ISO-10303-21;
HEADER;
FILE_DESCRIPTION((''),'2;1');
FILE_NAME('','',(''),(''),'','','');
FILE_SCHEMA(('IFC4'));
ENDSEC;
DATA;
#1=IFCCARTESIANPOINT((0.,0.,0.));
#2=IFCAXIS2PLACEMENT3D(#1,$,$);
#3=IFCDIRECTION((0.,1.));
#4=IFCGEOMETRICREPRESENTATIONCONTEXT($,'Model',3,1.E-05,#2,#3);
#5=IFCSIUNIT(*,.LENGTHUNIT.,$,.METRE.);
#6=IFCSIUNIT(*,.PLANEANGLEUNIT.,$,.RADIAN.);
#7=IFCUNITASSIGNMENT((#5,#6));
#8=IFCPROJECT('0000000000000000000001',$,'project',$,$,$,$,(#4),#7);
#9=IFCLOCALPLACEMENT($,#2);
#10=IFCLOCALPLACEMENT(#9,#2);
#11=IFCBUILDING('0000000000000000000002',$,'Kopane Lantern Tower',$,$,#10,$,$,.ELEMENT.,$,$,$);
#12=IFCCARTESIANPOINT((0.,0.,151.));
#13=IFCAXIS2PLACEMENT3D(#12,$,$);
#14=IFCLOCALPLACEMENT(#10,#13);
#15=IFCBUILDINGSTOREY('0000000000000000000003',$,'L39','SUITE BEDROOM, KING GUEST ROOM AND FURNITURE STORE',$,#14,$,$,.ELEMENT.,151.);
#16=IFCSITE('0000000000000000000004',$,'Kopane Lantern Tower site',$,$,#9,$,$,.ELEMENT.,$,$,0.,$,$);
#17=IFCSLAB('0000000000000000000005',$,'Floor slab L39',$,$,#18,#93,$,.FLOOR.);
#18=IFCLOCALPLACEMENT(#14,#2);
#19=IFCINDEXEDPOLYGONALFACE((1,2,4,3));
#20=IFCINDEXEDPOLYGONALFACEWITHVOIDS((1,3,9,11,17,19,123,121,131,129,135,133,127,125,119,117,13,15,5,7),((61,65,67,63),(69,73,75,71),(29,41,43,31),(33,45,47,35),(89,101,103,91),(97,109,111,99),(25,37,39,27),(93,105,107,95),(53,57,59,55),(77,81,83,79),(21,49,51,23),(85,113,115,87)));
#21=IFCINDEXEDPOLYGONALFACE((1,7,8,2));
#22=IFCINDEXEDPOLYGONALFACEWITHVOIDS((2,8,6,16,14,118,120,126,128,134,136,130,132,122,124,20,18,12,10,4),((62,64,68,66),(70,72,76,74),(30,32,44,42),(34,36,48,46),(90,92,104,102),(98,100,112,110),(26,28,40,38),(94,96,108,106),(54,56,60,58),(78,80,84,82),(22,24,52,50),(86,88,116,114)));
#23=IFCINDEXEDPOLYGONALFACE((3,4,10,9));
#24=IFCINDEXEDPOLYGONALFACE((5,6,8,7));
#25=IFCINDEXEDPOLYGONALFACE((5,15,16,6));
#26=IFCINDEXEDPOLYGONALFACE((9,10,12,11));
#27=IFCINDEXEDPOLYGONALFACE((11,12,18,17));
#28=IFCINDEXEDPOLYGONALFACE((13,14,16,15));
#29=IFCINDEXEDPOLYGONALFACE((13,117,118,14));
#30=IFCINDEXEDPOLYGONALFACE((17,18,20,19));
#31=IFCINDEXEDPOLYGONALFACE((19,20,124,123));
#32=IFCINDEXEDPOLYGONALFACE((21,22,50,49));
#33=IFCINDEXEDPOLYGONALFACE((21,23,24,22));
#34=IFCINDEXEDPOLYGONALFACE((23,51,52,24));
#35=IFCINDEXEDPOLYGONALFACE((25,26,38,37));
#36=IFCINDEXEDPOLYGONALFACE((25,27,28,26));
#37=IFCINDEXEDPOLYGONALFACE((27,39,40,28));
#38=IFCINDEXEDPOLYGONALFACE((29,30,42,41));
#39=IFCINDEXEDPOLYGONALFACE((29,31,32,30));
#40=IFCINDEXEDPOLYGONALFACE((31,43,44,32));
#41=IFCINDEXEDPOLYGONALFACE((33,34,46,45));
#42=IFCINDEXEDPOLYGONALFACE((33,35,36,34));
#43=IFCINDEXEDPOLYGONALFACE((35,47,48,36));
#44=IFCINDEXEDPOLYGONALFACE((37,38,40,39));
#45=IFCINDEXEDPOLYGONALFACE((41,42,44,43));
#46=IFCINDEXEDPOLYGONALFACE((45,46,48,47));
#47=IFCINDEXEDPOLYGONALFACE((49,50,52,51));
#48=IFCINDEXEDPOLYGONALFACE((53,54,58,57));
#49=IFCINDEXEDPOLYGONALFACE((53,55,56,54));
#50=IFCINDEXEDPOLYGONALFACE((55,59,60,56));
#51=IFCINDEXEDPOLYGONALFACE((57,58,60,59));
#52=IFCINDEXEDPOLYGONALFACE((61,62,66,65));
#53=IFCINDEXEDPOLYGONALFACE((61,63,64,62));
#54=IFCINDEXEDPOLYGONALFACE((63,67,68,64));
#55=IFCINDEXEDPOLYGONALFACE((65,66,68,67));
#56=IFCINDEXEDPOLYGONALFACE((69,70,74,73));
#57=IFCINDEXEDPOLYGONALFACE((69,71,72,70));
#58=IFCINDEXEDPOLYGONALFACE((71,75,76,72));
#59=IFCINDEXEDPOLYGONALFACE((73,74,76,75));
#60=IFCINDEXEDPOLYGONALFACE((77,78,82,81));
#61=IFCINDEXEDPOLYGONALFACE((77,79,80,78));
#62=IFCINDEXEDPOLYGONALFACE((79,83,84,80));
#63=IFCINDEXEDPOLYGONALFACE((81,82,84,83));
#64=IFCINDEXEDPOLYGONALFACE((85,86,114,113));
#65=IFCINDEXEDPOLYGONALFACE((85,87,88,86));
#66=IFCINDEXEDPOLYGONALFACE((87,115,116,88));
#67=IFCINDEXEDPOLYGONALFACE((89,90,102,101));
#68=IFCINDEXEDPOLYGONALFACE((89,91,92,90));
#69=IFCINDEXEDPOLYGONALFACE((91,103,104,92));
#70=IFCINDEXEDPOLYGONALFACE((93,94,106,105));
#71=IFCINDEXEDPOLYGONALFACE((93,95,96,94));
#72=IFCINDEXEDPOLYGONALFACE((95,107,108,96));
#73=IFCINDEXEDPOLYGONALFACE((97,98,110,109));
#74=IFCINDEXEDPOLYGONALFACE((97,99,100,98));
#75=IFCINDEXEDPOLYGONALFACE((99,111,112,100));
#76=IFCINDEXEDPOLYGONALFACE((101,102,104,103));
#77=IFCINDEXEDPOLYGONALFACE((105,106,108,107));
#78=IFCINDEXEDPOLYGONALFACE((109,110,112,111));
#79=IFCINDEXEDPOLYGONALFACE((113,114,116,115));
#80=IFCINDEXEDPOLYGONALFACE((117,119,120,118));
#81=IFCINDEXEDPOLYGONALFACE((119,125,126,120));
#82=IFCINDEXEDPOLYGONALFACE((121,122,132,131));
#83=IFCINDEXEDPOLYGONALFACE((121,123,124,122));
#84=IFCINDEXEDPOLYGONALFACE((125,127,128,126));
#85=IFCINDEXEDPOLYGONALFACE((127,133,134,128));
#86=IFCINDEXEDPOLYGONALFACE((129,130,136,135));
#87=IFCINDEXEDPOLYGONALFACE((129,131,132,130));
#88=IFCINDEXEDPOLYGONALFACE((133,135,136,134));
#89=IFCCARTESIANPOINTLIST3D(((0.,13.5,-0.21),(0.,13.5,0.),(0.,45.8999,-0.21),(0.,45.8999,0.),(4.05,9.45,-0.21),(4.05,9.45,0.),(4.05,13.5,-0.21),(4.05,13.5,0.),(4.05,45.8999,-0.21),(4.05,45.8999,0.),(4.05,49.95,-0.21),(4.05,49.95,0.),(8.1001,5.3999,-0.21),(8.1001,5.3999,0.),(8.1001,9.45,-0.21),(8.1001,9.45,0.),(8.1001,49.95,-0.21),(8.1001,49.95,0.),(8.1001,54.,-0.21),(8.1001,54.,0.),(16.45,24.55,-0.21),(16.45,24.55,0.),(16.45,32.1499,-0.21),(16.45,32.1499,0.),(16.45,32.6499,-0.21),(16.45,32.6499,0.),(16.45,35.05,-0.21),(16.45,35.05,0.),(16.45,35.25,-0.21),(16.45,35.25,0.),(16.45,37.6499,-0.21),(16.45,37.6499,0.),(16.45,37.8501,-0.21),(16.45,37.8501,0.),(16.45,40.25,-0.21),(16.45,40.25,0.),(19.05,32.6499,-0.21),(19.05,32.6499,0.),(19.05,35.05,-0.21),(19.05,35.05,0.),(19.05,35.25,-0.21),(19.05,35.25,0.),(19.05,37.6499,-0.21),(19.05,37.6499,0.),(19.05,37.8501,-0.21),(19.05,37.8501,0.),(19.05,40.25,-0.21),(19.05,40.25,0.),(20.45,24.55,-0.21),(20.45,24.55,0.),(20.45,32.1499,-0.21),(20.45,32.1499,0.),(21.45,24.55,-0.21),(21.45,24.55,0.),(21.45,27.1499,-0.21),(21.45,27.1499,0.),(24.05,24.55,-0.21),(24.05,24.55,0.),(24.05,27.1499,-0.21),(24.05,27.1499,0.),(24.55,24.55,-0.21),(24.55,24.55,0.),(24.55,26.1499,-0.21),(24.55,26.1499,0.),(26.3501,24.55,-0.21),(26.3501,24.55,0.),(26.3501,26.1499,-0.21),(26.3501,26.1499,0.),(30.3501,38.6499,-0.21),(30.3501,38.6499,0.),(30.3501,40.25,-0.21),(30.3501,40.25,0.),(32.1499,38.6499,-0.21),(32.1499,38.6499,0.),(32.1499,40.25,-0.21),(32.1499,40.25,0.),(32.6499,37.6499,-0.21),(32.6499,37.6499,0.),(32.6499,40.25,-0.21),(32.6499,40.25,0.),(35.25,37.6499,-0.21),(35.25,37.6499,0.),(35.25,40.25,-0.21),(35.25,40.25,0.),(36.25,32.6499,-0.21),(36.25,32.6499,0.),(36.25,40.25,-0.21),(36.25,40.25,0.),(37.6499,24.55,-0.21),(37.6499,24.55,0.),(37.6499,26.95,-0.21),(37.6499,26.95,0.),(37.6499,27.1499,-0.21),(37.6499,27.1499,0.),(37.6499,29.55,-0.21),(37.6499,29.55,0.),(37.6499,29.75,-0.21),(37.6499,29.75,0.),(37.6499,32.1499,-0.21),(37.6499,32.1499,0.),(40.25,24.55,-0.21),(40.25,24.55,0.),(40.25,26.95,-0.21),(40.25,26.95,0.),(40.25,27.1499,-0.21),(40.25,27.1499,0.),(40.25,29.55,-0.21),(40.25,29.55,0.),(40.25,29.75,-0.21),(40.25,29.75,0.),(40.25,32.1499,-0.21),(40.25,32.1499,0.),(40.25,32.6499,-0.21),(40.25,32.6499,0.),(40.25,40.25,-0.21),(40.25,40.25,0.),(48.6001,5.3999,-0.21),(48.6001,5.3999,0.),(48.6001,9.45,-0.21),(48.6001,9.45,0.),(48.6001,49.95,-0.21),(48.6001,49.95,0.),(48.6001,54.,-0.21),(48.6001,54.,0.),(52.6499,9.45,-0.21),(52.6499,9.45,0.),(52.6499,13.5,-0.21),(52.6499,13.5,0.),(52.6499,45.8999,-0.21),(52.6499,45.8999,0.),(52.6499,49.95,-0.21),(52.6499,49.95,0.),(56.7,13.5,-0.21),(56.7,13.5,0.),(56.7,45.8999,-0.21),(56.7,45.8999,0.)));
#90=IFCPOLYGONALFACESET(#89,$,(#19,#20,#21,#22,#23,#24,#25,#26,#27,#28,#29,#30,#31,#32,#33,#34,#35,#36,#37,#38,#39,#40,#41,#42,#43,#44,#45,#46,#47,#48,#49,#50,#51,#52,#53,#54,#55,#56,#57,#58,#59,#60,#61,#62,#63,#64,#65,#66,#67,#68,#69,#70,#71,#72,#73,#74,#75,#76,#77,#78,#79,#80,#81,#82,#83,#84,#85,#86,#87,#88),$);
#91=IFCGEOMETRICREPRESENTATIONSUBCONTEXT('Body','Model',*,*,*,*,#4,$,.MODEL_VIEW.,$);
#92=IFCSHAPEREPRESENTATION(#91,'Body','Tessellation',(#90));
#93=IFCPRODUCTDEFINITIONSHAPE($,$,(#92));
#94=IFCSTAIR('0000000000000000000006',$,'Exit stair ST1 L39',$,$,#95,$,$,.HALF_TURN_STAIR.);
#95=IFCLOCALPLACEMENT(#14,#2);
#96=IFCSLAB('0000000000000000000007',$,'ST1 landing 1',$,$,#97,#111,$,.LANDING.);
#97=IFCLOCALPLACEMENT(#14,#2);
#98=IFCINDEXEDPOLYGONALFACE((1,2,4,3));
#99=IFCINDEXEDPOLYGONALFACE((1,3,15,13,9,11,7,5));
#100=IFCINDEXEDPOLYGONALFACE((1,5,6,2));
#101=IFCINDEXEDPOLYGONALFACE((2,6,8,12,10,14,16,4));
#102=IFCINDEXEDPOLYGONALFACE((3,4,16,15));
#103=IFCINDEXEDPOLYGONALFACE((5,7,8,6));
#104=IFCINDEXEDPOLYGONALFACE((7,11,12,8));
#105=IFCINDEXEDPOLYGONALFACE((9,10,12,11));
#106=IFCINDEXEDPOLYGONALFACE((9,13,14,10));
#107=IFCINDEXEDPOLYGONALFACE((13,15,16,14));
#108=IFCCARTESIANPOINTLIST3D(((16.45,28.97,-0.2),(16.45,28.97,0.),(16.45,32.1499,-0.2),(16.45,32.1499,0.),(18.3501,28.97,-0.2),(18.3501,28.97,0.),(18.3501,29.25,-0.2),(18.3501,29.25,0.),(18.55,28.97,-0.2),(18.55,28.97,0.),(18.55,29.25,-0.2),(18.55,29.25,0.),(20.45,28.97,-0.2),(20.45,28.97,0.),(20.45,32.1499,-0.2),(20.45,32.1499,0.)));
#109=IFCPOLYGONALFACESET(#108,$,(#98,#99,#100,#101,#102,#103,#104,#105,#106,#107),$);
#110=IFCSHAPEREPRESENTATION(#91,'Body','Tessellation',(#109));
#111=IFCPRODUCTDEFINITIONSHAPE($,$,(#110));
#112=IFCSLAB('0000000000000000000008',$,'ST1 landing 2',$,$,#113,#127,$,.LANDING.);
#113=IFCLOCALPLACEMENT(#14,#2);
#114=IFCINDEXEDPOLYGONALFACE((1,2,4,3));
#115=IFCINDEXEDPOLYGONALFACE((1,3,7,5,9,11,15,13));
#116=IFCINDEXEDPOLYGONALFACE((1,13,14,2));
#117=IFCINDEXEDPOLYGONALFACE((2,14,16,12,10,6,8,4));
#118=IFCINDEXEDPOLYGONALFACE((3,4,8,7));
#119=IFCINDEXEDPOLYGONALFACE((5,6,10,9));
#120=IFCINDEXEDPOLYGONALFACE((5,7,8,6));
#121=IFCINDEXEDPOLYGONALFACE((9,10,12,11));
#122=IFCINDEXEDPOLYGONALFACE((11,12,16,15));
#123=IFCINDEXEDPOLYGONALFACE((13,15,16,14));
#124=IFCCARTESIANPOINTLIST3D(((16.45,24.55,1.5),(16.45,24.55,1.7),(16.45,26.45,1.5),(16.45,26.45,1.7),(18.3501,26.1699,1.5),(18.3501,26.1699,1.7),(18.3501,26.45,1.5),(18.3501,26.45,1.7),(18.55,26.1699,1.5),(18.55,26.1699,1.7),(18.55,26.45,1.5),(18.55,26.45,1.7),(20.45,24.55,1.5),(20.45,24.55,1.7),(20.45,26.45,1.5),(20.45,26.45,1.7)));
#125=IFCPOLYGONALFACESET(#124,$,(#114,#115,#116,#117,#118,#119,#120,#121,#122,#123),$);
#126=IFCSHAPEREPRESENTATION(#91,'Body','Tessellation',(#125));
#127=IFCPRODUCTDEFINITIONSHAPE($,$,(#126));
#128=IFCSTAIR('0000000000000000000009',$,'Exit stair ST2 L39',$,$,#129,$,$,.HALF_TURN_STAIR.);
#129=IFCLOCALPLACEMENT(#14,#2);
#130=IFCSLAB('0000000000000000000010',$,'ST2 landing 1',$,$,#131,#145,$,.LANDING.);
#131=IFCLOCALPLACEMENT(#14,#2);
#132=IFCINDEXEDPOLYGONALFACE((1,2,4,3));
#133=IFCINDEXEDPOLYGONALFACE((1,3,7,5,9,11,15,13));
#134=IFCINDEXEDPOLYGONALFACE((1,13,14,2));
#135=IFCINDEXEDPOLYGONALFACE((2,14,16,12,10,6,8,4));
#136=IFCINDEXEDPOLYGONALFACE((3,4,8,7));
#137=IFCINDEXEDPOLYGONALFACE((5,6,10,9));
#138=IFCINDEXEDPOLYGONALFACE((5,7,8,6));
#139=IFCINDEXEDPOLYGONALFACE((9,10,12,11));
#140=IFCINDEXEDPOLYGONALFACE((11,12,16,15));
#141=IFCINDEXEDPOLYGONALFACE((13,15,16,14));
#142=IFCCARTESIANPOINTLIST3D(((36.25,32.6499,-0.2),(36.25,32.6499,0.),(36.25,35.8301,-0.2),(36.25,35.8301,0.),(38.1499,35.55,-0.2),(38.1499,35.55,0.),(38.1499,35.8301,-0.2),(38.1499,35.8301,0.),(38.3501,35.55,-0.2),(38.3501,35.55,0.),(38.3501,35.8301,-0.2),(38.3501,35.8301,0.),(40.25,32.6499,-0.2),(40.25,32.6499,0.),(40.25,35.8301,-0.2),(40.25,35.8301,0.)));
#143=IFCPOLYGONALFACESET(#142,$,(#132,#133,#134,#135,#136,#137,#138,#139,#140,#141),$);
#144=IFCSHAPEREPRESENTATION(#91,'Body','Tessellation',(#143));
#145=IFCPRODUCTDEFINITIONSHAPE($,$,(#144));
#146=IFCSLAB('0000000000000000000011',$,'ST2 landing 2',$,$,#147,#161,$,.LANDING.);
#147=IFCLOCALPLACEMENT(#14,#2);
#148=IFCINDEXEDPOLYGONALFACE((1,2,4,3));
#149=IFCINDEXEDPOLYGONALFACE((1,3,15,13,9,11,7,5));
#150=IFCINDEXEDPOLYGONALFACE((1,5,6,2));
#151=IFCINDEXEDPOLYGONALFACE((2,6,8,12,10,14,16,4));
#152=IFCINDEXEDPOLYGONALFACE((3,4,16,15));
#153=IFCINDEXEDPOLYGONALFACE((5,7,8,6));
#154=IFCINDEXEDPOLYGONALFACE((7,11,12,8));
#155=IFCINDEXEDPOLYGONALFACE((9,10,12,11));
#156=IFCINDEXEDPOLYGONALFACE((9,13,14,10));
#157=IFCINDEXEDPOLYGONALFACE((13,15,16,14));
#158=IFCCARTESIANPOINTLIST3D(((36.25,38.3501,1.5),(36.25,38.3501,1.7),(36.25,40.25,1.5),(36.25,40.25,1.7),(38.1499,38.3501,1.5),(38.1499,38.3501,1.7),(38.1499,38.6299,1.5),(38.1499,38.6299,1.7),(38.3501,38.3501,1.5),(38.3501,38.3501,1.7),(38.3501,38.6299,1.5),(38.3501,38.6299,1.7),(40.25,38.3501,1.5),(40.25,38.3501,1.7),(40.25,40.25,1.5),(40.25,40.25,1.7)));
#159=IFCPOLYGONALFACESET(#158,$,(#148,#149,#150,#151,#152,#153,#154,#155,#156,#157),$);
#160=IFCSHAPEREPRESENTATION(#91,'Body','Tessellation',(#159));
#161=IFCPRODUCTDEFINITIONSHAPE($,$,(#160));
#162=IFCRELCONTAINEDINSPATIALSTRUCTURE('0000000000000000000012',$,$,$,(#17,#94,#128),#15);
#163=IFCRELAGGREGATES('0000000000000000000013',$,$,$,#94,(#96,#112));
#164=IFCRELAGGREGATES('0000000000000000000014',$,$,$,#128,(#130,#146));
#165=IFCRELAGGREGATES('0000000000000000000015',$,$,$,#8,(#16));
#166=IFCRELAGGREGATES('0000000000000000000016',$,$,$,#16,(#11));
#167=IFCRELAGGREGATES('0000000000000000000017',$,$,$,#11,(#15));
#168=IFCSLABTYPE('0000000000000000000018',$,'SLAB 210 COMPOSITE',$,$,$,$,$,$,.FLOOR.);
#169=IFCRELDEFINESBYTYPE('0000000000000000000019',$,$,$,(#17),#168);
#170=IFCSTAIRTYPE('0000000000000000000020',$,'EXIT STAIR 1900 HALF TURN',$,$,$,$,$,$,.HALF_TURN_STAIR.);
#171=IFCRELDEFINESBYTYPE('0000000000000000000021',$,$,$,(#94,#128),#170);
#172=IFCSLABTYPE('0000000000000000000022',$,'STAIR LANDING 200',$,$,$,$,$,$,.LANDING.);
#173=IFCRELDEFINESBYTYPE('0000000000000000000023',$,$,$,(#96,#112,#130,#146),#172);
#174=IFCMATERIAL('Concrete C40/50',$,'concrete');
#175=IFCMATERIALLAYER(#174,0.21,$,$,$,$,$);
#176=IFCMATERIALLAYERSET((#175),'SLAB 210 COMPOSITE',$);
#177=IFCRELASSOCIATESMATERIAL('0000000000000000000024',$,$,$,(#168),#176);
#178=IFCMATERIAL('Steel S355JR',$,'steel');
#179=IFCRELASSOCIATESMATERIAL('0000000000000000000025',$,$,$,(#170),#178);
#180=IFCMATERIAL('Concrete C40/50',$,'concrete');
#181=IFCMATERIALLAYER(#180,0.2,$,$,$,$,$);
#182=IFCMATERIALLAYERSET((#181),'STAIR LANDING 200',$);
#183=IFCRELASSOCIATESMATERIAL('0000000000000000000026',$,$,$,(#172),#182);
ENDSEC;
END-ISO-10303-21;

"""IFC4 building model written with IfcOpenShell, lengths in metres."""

from ifc_helpers import new_model, si_unit, direction, frame, origin, place, context, subcontext, project, spatial, polyline, outline, extrude, material, layer, layer_set, type_object, element, aggregate, save


model = new_model("IFC4")

# Units and contexts
model_context = context("Model", 3, precision=1e-05, world=origin(), true_north=direction((0.0, 1.0)))
body_context = subcontext(model_context, "Body", "Model", "MODEL_VIEW")
ifc_project = project(units=[si_unit("LENGTHUNIT", "METRE"), si_unit("PLANEANGLEUNIT", "RADIAN")], contexts=[model_context])

# Site, building, storey
site_placement = place(None, origin())
site = spatial("IfcSite", under=ifc_project, at=site_placement, Name="Kopane Lantern Tower site", CompositionType="ELEMENT", RefElevation=0.0)
building_placement = place(site_placement, origin())
building = spatial("IfcBuilding", under=site, at=building_placement, Name="Kopane Lantern Tower", CompositionType="ELEMENT")
storey_placement = place(building_placement, frame((0.0, 0.0, 151.0)))
storey = spatial("IfcBuildingStorey", under=building, at=storey_placement, Name="L39", Description="SUITE BEDROOM, KING GUEST ROOM AND FURNITURE STORE", CompositionType="ELEMENT", Elevation=151.0)

# Slab
ifc_material_1 = material(Name="Concrete C40/50", Category="concrete")
ifc_layer_1 = layer(ifc_material_1, 0.21)
ifc_layer_set_1 = layer_set([ifc_layer_1], Name="SLAB 210 COMPOSITE")
slab_type_1 = type_object("IfcSlabType", Name="SLAB 210 COMPOSITE", PredefinedType="FLOOR", material=ifc_layer_set_1)
slab_1_placement = place(storey_placement, frame((0.0, 0.0, -0.21)))
element("IfcSlab", 1, at=slab_1_placement, inside=storey, type_object=slab_type_1, Name="Floor slab L39", PredefinedType="FLOOR", context=body_context, shape_type="SweptSolid", body=[
    extrude(outline(polyline([(8.1001, 5.3999), (48.6001, 5.3999), (48.6001, 9.45), (52.6499, 9.45), (52.6499, 13.5), (56.7, 13.5), (56.7, 45.8999), (52.6499, 45.8999), (52.6499, 49.95), (48.6001, 49.95), (48.6001, 54.0), (8.1001, 54.0), (8.1001, 49.95), (4.05, 49.95), (4.05, 45.8999), (0.0, 45.8999), (0.0, 13.5), (4.05, 13.5), (4.05, 9.45), (8.1001, 9.45), (8.1001, 5.3999)]), holes=[polyline([(16.45, 24.55), (20.45, 24.55), (20.45, 32.1499), (16.45, 32.1499), (16.45, 24.55)]), polyline([(36.25, 32.6499), (40.25, 32.6499), (40.25, 40.25), (36.25, 40.25), (36.25, 32.6499)]), polyline([(16.45, 32.6499), (19.05, 32.6499), (19.05, 35.05), (16.45, 35.05), (16.45, 32.6499)]), polyline([(16.45, 35.25), (19.05, 35.25), (19.05, 37.6499), (16.45, 37.6499), (16.45, 35.25)]), polyline([(16.45, 37.8501), (19.05, 37.8501), (19.05, 40.25), (16.45, 40.25), (16.45, 37.8501)]), polyline([(37.6499, 24.55), (40.25, 24.55), (40.25, 26.95), (37.6499, 26.95), (37.6499, 24.55)]), polyline([(37.6499, 27.1499), (40.25, 27.1499), (40.25, 29.55), (37.6499, 29.55), (37.6499, 27.1499)]), polyline([(37.6499, 29.75), (40.25, 29.75), (40.25, 32.1499), (37.6499, 32.1499), (37.6499, 29.75)]), polyline([(21.45, 24.55), (24.05, 24.55), (24.05, 27.1499), (21.45, 27.1499), (21.45, 24.55)]), polyline([(32.6499, 37.6499), (35.25, 37.6499), (35.25, 40.25), (32.6499, 40.25), (32.6499, 37.6499)]), polyline([(24.55, 24.55), (26.3501, 24.55), (26.3501, 26.1499), (24.55, 26.1499), (24.55, 24.55)]), polyline([(30.3501, 38.6499), (32.1499, 38.6499), (32.1499, 40.25), (30.3501, 40.25), (30.3501, 38.6499)])]), origin(), (0.0, 0.0, 1.0), 0.21),
])

# Stairs, slabs
ifc_material_2 = material(Name="Steel S355JR", Category="steel")
stair_type = type_object("IfcStairType", Name="EXIT STAIR 1900 HALF TURN", PredefinedType="HALF_TURN_STAIR", material=ifc_material_2)
stair_1_placement = place(storey_placement, origin())
stair_1 = element("IfcStair", 2, at=stair_1_placement, inside=storey, type_object=stair_type, Name="Exit stair ST1 L39", PredefinedType="HALF_TURN_STAIR")
ifc_material_3 = material(Name="Concrete C40/50", Category="concrete")
ifc_layer_2 = layer(ifc_material_3, 0.2)
ifc_layer_set_2 = layer_set([ifc_layer_2], Name="STAIR LANDING 200")
slab_type_2 = type_object("IfcSlabType", Name="STAIR LANDING 200", PredefinedType="LANDING", material=ifc_layer_set_2)
slab_2_placement = place(storey_placement, frame((0.0, 0.0, -0.2)))
slab_2 = element("IfcSlab", 3, at=slab_2_placement, type_object=slab_type_2, Name="ST1 landing 1", PredefinedType="LANDING", context=body_context, shape_type="SweptSolid", body=[
    extrude(outline(polyline([(18.3501, 29.25), (18.55, 29.25), (18.55, 28.97), (20.45, 28.97), (20.45, 32.1499), (16.45, 32.1499), (16.45, 28.97), (18.3501, 28.97), (18.3501, 29.25)])), origin(), (0.0, 0.0, 1.0), 0.2),
])
slab_3_placement = place(storey_placement, frame((0.0, 0.0, 1.5)))
slab_3 = element("IfcSlab", 4, at=slab_3_placement, type_object=slab_type_2, Name="ST1 landing 2", PredefinedType="LANDING", context=body_context, shape_type="SweptSolid", body=[
    extrude(outline(polyline([(20.45, 26.45), (18.55, 26.45), (18.55, 26.1699), (18.3501, 26.1699), (18.3501, 26.45), (16.45, 26.45), (16.45, 24.55), (20.45, 24.55), (20.45, 26.45)])), origin(), (0.0, 0.0, 1.0), 0.2),
])
aggregate(stair_1, [slab_2, slab_3])
stair_2_placement = place(storey_placement, origin())
stair_2 = element("IfcStair", 5, at=stair_2_placement, inside=storey, type_object=stair_type, Name="Exit stair ST2 L39", PredefinedType="HALF_TURN_STAIR")
slab_4_placement = place(storey_placement, frame((0.0, 0.0, -0.2)))
slab_4 = element("IfcSlab", 6, at=slab_4_placement, type_object=slab_type_2, Name="ST2 landing 1", PredefinedType="LANDING", context=body_context, shape_type="SweptSolid", body=[
    extrude(outline(polyline([(40.25, 35.8301), (38.3501, 35.8301), (38.3501, 35.55), (38.1499, 35.55), (38.1499, 35.8301), (36.25, 35.8301), (36.25, 32.6499), (40.25, 32.6499), (40.25, 35.8301)])), origin(), (0.0, 0.0, 1.0), 0.2),
])
slab_5_placement = place(storey_placement, frame((0.0, 0.0, 1.5)))
slab_5 = element("IfcSlab", 7, at=slab_5_placement, type_object=slab_type_2, Name="ST2 landing 2", PredefinedType="LANDING", context=body_context, shape_type="SweptSolid", body=[
    extrude(outline(polyline([(38.1499, 38.6299), (38.3501, 38.6299), (38.3501, 38.3501), (40.25, 38.3501), (40.25, 40.25), (36.25, 40.25), (36.25, 38.3501), (38.1499, 38.3501), (38.1499, 38.6299)])), origin(), (0.0, 0.0, 1.0), 0.2),
])
aggregate(stair_2, [slab_4, slab_5])

save(model, "model.ifc")
